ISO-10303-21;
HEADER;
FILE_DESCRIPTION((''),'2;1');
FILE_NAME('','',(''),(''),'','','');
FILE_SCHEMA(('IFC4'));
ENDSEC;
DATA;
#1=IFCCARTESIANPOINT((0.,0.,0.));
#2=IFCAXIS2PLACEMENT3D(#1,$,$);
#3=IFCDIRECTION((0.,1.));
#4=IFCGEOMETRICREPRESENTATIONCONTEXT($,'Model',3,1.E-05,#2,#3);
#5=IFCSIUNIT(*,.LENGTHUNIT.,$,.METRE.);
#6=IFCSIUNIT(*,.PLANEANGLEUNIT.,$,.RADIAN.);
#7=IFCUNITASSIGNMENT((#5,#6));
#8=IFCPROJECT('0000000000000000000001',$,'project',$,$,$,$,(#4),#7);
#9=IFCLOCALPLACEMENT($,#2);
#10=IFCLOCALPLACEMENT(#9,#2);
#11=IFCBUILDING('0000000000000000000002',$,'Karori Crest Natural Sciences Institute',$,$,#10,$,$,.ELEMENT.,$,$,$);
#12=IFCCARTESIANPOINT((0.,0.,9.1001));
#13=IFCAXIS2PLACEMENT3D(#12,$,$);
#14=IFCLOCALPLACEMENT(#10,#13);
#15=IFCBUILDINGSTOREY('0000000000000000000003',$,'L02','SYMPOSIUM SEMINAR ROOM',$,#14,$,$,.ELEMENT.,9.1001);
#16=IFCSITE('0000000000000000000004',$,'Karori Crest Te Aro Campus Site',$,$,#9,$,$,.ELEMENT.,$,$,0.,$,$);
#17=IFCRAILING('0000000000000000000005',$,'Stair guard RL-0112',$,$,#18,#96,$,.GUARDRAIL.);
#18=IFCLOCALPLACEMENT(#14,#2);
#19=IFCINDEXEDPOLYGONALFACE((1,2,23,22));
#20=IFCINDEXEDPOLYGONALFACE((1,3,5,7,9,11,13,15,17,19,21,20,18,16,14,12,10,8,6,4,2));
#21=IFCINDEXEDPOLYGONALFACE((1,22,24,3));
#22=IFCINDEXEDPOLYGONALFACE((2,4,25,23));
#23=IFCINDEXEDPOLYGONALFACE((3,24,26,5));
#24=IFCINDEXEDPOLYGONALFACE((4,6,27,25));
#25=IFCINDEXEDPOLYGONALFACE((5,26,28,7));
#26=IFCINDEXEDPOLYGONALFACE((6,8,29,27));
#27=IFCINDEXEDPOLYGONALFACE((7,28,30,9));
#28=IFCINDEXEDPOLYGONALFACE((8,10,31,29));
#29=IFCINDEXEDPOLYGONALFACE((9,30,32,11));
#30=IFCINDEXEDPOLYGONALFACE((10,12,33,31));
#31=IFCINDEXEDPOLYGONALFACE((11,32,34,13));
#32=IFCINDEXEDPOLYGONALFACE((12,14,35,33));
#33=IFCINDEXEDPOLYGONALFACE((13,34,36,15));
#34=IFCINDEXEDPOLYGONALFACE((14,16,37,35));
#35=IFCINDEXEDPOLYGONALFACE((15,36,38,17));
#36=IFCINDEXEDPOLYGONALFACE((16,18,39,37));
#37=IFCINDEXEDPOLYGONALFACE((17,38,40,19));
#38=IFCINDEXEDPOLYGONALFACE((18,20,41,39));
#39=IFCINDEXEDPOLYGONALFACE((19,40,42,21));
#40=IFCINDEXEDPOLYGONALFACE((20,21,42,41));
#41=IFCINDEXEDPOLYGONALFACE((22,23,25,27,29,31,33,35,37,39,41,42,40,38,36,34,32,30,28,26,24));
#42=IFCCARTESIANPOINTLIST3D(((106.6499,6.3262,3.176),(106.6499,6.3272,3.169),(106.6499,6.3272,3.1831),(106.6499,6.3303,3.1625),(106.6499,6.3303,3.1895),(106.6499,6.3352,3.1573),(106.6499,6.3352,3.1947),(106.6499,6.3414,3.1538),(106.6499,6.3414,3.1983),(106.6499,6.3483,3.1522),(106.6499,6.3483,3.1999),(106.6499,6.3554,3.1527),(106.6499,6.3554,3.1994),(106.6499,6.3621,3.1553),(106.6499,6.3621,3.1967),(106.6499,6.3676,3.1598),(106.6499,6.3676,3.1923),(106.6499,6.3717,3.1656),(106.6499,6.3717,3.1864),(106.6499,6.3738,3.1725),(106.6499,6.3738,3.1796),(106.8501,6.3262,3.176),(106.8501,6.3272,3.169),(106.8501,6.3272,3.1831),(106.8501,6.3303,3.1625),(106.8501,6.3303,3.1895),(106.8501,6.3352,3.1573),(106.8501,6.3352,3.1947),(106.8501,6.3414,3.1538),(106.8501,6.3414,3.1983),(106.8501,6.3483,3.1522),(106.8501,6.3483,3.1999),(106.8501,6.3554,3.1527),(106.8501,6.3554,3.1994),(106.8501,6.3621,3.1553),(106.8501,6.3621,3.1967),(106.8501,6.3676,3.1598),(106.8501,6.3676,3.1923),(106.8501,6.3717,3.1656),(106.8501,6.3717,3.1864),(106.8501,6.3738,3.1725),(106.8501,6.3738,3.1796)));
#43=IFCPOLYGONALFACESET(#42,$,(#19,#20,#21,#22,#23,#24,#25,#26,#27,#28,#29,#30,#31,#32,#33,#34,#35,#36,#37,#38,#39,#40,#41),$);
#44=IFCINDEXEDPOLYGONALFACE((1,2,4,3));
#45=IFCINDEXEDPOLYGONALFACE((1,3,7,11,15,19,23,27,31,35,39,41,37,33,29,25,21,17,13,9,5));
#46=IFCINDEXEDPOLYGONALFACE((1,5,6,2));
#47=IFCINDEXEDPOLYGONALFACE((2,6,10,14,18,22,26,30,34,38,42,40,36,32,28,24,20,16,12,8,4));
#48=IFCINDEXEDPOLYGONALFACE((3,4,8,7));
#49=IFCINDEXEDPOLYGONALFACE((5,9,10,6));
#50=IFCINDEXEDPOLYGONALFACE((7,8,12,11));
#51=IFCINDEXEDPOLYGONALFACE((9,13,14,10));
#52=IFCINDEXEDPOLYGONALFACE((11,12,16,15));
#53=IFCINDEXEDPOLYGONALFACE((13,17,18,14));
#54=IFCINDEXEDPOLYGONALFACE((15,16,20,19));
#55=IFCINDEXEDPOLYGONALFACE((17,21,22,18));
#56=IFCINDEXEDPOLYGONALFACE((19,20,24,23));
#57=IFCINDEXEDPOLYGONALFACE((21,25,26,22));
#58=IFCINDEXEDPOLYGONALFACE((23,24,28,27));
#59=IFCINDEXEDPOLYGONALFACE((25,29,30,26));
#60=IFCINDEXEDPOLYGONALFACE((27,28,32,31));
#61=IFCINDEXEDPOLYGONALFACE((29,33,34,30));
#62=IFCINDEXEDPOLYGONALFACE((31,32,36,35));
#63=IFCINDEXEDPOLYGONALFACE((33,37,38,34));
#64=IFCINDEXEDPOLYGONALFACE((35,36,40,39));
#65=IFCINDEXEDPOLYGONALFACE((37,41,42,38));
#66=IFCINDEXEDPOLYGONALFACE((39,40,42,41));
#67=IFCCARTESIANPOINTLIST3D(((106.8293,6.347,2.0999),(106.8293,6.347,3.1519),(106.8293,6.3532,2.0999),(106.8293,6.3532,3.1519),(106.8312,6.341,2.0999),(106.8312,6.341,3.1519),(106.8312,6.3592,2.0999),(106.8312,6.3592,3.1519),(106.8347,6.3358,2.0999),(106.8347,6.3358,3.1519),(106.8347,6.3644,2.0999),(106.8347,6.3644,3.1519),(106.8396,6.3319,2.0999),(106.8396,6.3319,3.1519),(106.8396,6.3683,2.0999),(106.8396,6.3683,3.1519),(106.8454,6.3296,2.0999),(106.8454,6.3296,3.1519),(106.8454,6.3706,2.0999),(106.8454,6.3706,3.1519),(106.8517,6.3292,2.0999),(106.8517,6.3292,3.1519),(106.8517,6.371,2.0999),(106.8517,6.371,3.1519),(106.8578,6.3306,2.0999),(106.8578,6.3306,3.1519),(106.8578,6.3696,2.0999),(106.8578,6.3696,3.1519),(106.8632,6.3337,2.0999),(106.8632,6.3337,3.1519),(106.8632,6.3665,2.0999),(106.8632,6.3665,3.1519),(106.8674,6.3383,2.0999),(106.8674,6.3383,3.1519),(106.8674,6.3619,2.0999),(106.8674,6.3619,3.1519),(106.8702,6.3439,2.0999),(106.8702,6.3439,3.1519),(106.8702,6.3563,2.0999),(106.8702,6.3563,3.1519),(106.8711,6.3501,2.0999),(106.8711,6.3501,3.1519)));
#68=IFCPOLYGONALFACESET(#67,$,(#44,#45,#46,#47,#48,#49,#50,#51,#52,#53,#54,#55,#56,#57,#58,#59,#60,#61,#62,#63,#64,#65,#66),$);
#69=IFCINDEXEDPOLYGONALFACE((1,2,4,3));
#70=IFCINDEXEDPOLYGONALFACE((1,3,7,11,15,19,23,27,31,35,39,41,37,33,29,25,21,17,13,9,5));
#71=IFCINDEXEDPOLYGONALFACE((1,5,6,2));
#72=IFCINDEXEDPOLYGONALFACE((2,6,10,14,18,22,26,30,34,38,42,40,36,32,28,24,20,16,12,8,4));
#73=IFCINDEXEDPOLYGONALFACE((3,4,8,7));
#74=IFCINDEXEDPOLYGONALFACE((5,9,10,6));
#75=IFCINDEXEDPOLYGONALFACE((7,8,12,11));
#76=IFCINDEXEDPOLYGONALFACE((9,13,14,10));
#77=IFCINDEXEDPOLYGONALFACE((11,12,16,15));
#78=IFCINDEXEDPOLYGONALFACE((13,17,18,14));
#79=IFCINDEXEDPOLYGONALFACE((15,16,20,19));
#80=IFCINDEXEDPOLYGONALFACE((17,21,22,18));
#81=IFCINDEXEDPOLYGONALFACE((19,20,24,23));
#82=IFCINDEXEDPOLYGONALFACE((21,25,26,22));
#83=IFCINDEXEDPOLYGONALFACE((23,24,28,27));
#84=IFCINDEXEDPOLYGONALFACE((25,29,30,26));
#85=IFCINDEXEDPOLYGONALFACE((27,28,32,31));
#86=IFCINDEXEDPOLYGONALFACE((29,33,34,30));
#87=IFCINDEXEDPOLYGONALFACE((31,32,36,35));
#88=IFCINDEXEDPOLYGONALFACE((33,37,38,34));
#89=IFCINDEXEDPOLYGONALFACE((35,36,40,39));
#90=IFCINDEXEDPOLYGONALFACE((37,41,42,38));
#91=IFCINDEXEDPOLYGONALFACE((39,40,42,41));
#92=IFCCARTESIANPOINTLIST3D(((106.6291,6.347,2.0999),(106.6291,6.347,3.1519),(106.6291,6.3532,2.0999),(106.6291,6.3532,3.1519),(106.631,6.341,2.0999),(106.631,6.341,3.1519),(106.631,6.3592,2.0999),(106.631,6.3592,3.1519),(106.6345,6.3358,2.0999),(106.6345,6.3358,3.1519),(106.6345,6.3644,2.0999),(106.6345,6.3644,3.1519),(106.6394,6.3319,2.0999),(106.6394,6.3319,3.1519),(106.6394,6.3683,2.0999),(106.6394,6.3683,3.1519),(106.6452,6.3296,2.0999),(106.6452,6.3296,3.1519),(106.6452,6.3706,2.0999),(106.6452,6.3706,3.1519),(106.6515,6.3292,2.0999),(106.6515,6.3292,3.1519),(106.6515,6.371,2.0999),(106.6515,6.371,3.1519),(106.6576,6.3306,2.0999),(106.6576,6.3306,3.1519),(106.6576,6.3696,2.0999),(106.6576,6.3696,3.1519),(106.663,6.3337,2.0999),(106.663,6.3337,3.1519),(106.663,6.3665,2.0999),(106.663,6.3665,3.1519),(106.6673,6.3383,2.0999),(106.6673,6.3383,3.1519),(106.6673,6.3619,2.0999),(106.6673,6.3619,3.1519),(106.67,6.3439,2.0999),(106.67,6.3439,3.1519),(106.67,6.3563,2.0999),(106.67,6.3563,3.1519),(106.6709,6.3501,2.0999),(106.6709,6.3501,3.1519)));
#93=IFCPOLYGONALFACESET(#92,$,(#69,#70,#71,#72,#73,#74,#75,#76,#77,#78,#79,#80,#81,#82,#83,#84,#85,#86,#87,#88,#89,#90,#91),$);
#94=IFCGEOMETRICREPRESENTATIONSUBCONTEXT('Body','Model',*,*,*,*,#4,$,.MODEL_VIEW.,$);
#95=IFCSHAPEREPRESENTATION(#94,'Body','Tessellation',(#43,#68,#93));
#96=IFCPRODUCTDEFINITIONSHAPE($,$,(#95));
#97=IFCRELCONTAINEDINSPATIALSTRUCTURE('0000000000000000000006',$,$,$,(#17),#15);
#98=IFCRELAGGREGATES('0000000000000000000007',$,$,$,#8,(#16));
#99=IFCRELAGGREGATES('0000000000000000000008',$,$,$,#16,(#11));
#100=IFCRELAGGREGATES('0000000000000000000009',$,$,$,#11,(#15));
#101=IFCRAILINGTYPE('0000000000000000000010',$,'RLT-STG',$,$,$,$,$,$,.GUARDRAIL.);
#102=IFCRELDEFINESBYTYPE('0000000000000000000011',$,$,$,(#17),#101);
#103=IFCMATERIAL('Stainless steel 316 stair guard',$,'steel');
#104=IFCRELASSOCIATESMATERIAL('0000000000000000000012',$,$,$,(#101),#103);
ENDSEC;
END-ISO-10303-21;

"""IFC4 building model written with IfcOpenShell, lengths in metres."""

from ifc_helpers import new_model, si_unit, direction, frame, origin, origin_2d, place, context, subcontext, project, spatial, circle, extrude, material, type_object, element, save


model = new_model("IFC4")

# Units and contexts
model_context = context("Model", 3, precision=1e-05, world=origin(), true_north=direction((0.0, 1.0)))
body_context = subcontext(model_context, "Body", "Model", "MODEL_VIEW")
ifc_project = project(units=[si_unit("LENGTHUNIT", "METRE"), si_unit("PLANEANGLEUNIT", "RADIAN")], contexts=[model_context])

# Site, building, storey
site_placement = place(None, origin())
site = spatial("IfcSite", under=ifc_project, at=site_placement, Name="Karori Crest Te Aro Campus Site", CompositionType="ELEMENT", RefElevation=0.0)
building_placement = place(site_placement, origin())
building = spatial("IfcBuilding", under=site, at=building_placement, Name="Karori Crest Natural Sciences Institute", CompositionType="ELEMENT")
storey_placement = place(building_placement, frame((0.0, 0.0, 9.1001)))
storey = spatial("IfcBuildingStorey", under=building, at=storey_placement, Name="L02", Description="SYMPOSIUM SEMINAR ROOM", CompositionType="ELEMENT", Elevation=9.1001)

# Railing
ifc_material_1 = material(Name="Stainless steel 316 stair guard", Category="steel")
railing_type_1 = type_object("IfcRailingType", Name="RLT-STG", PredefinedType="GUARDRAIL", material=ifc_material_1)
railing_1_placement = place(storey_placement, frame((106.8501, 6.3501, 2.0999)))
element("IfcRailing", 1, at=railing_1_placement, inside=storey, type_object=railing_type_1, Name="Stair guard RL-0112", PredefinedType="GUARDRAIL", context=body_context, shape_type="SweptSolid", body=[
    extrude(circle(Radius=0.0239, at=origin_2d()), frame((0.0, 0.0, 1.0762), z_axis=(-1.0, 0.0, 0.0), x_axis=(0.0, -1.0, 0.0)), (0.0, 0.0, 1.0), 0.2002),
    extrude(circle(Radius=0.021, at=origin_2d()), origin(), (0.0, 0.0, 1.0), 1.052),
    extrude(circle(Radius=0.021, at=origin_2d()), frame((-0.2002, 0.0, 0.0)), (0.0, 0.0, 1.0), 1.052),
])

save(model, "model.ifc")
